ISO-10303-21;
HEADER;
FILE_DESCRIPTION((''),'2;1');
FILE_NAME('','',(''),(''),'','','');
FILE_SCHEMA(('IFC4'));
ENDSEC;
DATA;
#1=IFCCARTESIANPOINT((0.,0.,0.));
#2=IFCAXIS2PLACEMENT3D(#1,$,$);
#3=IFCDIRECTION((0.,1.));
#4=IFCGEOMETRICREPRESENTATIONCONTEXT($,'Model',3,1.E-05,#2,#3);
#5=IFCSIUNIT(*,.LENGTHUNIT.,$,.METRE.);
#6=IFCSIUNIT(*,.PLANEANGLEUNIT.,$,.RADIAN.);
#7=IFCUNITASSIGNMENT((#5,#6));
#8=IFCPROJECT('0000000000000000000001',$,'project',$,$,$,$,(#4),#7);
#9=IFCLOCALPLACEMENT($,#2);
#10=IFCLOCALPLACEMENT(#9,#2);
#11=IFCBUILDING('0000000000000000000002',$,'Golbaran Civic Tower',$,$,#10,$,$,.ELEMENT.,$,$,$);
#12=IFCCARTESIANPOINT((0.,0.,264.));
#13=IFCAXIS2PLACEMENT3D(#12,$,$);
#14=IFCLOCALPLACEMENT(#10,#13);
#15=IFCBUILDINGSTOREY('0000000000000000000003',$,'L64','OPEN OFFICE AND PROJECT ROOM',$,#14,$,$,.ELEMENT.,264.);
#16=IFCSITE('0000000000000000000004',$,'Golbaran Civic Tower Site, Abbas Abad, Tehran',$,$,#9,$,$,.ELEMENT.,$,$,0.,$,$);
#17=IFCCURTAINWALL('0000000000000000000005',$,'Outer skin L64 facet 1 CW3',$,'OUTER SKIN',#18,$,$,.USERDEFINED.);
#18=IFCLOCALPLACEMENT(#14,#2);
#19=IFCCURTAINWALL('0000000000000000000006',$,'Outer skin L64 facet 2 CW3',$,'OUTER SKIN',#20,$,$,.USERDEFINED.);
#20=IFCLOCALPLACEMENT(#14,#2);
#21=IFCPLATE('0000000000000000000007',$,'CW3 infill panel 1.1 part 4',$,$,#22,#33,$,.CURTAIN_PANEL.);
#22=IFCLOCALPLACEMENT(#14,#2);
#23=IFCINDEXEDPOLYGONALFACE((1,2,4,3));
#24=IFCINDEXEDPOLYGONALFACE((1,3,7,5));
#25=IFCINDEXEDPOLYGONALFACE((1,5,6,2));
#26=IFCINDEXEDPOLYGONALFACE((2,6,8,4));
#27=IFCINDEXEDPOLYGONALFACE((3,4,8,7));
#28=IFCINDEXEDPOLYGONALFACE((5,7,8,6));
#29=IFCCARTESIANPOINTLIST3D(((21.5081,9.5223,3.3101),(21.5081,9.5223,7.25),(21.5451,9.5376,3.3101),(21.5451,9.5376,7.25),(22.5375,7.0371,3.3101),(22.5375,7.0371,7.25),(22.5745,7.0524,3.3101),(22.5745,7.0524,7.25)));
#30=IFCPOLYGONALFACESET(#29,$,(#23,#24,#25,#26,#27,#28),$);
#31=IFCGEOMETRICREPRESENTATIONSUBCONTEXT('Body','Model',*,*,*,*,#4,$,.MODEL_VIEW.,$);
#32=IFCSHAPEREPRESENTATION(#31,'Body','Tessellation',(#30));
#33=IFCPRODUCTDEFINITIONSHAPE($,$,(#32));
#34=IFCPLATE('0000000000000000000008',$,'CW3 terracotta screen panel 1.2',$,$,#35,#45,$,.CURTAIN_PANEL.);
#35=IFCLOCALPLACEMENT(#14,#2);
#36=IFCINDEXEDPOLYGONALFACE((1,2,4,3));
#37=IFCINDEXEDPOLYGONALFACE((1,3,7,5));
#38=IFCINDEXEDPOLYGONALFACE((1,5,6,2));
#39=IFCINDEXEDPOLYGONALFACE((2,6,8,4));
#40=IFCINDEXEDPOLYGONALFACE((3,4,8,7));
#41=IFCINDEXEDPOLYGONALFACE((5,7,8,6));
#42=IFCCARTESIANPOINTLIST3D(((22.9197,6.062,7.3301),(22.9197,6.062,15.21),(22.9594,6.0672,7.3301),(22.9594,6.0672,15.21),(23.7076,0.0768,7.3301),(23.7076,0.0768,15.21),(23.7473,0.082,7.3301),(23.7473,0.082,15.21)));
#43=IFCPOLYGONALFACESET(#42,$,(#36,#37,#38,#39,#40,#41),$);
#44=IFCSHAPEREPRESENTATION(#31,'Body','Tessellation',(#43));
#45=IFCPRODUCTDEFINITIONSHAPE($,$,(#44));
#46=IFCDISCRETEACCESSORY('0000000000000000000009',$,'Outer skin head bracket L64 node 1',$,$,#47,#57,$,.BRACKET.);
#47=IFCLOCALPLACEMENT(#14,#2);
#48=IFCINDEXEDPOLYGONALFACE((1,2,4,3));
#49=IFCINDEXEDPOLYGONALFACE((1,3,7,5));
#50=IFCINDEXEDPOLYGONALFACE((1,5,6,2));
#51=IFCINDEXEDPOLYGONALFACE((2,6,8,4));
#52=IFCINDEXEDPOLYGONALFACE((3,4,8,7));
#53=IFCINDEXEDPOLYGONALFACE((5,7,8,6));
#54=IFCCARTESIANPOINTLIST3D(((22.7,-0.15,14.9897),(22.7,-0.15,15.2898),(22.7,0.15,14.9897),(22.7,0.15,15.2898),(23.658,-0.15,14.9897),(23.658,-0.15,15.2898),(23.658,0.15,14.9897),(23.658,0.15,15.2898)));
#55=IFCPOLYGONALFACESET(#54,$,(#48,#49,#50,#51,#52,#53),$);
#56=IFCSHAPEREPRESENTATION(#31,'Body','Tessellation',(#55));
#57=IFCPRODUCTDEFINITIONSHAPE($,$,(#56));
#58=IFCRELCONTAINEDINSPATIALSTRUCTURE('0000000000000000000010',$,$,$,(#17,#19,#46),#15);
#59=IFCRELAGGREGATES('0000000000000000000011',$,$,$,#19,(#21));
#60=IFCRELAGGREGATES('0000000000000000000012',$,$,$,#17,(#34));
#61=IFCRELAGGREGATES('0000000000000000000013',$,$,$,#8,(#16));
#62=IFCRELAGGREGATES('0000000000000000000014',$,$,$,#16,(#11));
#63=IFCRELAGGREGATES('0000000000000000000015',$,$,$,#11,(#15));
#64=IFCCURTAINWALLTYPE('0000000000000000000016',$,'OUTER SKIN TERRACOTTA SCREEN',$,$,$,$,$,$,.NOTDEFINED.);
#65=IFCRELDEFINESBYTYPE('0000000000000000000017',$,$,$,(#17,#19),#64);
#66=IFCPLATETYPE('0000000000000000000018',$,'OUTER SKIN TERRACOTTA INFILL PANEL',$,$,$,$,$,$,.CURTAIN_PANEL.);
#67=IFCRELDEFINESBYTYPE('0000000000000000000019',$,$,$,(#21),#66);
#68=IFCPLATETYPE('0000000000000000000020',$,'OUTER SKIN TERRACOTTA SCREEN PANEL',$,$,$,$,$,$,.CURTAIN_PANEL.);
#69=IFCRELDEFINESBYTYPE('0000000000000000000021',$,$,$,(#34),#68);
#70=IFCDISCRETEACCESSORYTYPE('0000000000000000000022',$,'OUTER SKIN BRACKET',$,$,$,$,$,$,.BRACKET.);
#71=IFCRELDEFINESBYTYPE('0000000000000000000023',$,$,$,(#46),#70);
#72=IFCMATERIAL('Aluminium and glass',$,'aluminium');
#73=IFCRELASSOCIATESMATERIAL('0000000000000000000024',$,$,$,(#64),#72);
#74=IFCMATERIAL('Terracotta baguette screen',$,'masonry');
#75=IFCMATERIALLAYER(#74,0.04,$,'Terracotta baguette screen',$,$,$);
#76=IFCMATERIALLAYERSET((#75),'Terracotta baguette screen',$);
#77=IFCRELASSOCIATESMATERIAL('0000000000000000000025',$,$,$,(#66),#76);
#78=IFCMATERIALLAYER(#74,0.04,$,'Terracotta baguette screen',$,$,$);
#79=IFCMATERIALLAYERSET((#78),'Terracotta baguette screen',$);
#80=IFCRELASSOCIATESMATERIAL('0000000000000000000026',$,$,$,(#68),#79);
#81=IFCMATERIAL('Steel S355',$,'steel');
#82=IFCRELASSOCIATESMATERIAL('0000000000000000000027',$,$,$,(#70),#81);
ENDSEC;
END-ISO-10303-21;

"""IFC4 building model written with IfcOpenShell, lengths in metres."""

from ifc_helpers import new_model, si_unit, direction, frame, origin, origin_2d, place, context, subcontext, project, spatial, rectangle, extrude, material, layer, layer_set, type_object, element, aggregate, save


model = new_model("IFC4")

# Units and contexts
model_context = context("Model", 3, precision=1e-05, world=origin(), true_north=direction((0.0, 1.0)))
body_context = subcontext(model_context, "Body", "Model", "MODEL_VIEW")
ifc_project = project(units=[si_unit("LENGTHUNIT", "METRE"), si_unit("PLANEANGLEUNIT", "RADIAN")], contexts=[model_context])

# Site, building, storey
site_placement = place(None, origin())
site = spatial("IfcSite", under=ifc_project, at=site_placement, Name="Golbaran Civic Tower Site, Abbas Abad, Tehran", CompositionType="ELEMENT", RefElevation=0.0)
building_placement = place(site_placement, origin())
building = spatial("IfcBuilding", under=site, at=building_placement, Name="Golbaran Civic Tower", CompositionType="ELEMENT")
storey_placement = place(building_placement, frame((0.0, 0.0, 264.0)))
storey = spatial("IfcBuildingStorey", under=building, at=storey_placement, Name="L64", Description="OPEN OFFICE AND PROJECT ROOM", CompositionType="ELEMENT", Elevation=264.0)

# Curtain walls
ifc_material_1 = material(Name="Aluminium and glass", Category="aluminium")
curtain_wall_type_1 = type_object("IfcCurtainWallType", Name="OUTER SKIN TERRACOTTA SCREEN", PredefinedType="NOTDEFINED", material=ifc_material_1)
curtain_wall_1_placement = place(storey_placement, origin())
curtain_wall_1 = element("IfcCurtainWall", 1, at=curtain_wall_1_placement, inside=storey, type_object=curtain_wall_type_1, Name="Outer skin L64 facet 1 CW3", ObjectType="OUTER SKIN", PredefinedType="USERDEFINED")
curtain_wall_2_placement = place(storey_placement, origin())
curtain_wall_2 = element("IfcCurtainWall", 2, at=curtain_wall_2_placement, inside=storey, type_object=curtain_wall_type_1, Name="Outer skin L64 facet 2 CW3", ObjectType="OUTER SKIN", PredefinedType="USERDEFINED")

# Plates
ifc_material_2 = material(Name="Terracotta baguette screen", Category="masonry")
ifc_layer_1 = layer(ifc_material_2, 0.04, Name="Terracotta baguette screen")
ifc_layer_set_1 = layer_set([ifc_layer_1], Name="Terracotta baguette screen")
plate_type_1 = type_object("IfcPlateType", Name="OUTER SKIN TERRACOTTA INFILL PANEL", PredefinedType="CURTAIN_PANEL", material=ifc_layer_set_1)
plate_1_placement = place(storey_placement, frame((22.0413, 8.2874, 3.3101), z_axis=(0.0, 0.0, 1.0), x_axis=(-0.382683, 0.92388, 0.0)))
plate_1 = element("IfcPlate", 3, at=plate_1_placement, type_object=plate_type_1, Name="CW3 infill panel 1.1 part 4", PredefinedType="CURTAIN_PANEL", context=body_context, shape_type="SweptSolid", body=[
    extrude(rectangle(XDim=2.6899, YDim=0.04, at=origin_2d()), origin(), (0.0, 0.0, 1.0), 3.9399),
])
aggregate(curtain_wall_2, [plate_1])
ifc_layer_2 = layer(ifc_material_2, 0.04, Name="Terracotta baguette screen")
ifc_layer_set_2 = layer_set([ifc_layer_2], Name="Terracotta baguette screen")
plate_type_2 = type_object("IfcPlateType", Name="OUTER SKIN TERRACOTTA SCREEN PANEL", PredefinedType="CURTAIN_PANEL", material=ifc_layer_set_2)
plate_2_placement = place(storey_placement, frame((23.3335, 3.072, 7.3301), z_axis=(0.0, 0.0, 1.0), x_axis=(-0.130526, 0.991445, 0.0)))
plate_2 = element("IfcPlate", 4, at=plate_2_placement, type_object=plate_type_2, Name="CW3 terracotta screen panel 1.2", PredefinedType="CURTAIN_PANEL", context=body_context, shape_type="SweptSolid", body=[
    extrude(rectangle(XDim=6.0369, YDim=0.04, at=origin_2d()), origin(), (0.0, 0.0, 1.0), 7.8799),
])
aggregate(curtain_wall_1, [plate_2])

# Discrete accessory
ifc_material_3 = material(Name="Steel S355", Category="steel")
discrete_accessory_type = type_object("IfcDiscreteAccessoryType", Name="OUTER SKIN BRACKET", PredefinedType="BRACKET", material=ifc_material_3)
discrete_accessory_placement = place(storey_placement, frame((23.179, 0.0, 14.9897), z_axis=(0.0, 0.0, 1.0), x_axis=(1.0, 0.0, 0.0)))
element("IfcDiscreteAccessory", 5, at=discrete_accessory_placement, inside=storey, type_object=discrete_accessory_type, Name="Outer skin head bracket L64 node 1", PredefinedType="BRACKET", context=body_context, shape_type="SweptSolid", body=[
    extrude(rectangle(XDim=0.958, YDim=0.3, at=origin_2d()), origin(), (0.0, 0.0, 1.0), 0.3),
])

save(model, "model.ifc")
